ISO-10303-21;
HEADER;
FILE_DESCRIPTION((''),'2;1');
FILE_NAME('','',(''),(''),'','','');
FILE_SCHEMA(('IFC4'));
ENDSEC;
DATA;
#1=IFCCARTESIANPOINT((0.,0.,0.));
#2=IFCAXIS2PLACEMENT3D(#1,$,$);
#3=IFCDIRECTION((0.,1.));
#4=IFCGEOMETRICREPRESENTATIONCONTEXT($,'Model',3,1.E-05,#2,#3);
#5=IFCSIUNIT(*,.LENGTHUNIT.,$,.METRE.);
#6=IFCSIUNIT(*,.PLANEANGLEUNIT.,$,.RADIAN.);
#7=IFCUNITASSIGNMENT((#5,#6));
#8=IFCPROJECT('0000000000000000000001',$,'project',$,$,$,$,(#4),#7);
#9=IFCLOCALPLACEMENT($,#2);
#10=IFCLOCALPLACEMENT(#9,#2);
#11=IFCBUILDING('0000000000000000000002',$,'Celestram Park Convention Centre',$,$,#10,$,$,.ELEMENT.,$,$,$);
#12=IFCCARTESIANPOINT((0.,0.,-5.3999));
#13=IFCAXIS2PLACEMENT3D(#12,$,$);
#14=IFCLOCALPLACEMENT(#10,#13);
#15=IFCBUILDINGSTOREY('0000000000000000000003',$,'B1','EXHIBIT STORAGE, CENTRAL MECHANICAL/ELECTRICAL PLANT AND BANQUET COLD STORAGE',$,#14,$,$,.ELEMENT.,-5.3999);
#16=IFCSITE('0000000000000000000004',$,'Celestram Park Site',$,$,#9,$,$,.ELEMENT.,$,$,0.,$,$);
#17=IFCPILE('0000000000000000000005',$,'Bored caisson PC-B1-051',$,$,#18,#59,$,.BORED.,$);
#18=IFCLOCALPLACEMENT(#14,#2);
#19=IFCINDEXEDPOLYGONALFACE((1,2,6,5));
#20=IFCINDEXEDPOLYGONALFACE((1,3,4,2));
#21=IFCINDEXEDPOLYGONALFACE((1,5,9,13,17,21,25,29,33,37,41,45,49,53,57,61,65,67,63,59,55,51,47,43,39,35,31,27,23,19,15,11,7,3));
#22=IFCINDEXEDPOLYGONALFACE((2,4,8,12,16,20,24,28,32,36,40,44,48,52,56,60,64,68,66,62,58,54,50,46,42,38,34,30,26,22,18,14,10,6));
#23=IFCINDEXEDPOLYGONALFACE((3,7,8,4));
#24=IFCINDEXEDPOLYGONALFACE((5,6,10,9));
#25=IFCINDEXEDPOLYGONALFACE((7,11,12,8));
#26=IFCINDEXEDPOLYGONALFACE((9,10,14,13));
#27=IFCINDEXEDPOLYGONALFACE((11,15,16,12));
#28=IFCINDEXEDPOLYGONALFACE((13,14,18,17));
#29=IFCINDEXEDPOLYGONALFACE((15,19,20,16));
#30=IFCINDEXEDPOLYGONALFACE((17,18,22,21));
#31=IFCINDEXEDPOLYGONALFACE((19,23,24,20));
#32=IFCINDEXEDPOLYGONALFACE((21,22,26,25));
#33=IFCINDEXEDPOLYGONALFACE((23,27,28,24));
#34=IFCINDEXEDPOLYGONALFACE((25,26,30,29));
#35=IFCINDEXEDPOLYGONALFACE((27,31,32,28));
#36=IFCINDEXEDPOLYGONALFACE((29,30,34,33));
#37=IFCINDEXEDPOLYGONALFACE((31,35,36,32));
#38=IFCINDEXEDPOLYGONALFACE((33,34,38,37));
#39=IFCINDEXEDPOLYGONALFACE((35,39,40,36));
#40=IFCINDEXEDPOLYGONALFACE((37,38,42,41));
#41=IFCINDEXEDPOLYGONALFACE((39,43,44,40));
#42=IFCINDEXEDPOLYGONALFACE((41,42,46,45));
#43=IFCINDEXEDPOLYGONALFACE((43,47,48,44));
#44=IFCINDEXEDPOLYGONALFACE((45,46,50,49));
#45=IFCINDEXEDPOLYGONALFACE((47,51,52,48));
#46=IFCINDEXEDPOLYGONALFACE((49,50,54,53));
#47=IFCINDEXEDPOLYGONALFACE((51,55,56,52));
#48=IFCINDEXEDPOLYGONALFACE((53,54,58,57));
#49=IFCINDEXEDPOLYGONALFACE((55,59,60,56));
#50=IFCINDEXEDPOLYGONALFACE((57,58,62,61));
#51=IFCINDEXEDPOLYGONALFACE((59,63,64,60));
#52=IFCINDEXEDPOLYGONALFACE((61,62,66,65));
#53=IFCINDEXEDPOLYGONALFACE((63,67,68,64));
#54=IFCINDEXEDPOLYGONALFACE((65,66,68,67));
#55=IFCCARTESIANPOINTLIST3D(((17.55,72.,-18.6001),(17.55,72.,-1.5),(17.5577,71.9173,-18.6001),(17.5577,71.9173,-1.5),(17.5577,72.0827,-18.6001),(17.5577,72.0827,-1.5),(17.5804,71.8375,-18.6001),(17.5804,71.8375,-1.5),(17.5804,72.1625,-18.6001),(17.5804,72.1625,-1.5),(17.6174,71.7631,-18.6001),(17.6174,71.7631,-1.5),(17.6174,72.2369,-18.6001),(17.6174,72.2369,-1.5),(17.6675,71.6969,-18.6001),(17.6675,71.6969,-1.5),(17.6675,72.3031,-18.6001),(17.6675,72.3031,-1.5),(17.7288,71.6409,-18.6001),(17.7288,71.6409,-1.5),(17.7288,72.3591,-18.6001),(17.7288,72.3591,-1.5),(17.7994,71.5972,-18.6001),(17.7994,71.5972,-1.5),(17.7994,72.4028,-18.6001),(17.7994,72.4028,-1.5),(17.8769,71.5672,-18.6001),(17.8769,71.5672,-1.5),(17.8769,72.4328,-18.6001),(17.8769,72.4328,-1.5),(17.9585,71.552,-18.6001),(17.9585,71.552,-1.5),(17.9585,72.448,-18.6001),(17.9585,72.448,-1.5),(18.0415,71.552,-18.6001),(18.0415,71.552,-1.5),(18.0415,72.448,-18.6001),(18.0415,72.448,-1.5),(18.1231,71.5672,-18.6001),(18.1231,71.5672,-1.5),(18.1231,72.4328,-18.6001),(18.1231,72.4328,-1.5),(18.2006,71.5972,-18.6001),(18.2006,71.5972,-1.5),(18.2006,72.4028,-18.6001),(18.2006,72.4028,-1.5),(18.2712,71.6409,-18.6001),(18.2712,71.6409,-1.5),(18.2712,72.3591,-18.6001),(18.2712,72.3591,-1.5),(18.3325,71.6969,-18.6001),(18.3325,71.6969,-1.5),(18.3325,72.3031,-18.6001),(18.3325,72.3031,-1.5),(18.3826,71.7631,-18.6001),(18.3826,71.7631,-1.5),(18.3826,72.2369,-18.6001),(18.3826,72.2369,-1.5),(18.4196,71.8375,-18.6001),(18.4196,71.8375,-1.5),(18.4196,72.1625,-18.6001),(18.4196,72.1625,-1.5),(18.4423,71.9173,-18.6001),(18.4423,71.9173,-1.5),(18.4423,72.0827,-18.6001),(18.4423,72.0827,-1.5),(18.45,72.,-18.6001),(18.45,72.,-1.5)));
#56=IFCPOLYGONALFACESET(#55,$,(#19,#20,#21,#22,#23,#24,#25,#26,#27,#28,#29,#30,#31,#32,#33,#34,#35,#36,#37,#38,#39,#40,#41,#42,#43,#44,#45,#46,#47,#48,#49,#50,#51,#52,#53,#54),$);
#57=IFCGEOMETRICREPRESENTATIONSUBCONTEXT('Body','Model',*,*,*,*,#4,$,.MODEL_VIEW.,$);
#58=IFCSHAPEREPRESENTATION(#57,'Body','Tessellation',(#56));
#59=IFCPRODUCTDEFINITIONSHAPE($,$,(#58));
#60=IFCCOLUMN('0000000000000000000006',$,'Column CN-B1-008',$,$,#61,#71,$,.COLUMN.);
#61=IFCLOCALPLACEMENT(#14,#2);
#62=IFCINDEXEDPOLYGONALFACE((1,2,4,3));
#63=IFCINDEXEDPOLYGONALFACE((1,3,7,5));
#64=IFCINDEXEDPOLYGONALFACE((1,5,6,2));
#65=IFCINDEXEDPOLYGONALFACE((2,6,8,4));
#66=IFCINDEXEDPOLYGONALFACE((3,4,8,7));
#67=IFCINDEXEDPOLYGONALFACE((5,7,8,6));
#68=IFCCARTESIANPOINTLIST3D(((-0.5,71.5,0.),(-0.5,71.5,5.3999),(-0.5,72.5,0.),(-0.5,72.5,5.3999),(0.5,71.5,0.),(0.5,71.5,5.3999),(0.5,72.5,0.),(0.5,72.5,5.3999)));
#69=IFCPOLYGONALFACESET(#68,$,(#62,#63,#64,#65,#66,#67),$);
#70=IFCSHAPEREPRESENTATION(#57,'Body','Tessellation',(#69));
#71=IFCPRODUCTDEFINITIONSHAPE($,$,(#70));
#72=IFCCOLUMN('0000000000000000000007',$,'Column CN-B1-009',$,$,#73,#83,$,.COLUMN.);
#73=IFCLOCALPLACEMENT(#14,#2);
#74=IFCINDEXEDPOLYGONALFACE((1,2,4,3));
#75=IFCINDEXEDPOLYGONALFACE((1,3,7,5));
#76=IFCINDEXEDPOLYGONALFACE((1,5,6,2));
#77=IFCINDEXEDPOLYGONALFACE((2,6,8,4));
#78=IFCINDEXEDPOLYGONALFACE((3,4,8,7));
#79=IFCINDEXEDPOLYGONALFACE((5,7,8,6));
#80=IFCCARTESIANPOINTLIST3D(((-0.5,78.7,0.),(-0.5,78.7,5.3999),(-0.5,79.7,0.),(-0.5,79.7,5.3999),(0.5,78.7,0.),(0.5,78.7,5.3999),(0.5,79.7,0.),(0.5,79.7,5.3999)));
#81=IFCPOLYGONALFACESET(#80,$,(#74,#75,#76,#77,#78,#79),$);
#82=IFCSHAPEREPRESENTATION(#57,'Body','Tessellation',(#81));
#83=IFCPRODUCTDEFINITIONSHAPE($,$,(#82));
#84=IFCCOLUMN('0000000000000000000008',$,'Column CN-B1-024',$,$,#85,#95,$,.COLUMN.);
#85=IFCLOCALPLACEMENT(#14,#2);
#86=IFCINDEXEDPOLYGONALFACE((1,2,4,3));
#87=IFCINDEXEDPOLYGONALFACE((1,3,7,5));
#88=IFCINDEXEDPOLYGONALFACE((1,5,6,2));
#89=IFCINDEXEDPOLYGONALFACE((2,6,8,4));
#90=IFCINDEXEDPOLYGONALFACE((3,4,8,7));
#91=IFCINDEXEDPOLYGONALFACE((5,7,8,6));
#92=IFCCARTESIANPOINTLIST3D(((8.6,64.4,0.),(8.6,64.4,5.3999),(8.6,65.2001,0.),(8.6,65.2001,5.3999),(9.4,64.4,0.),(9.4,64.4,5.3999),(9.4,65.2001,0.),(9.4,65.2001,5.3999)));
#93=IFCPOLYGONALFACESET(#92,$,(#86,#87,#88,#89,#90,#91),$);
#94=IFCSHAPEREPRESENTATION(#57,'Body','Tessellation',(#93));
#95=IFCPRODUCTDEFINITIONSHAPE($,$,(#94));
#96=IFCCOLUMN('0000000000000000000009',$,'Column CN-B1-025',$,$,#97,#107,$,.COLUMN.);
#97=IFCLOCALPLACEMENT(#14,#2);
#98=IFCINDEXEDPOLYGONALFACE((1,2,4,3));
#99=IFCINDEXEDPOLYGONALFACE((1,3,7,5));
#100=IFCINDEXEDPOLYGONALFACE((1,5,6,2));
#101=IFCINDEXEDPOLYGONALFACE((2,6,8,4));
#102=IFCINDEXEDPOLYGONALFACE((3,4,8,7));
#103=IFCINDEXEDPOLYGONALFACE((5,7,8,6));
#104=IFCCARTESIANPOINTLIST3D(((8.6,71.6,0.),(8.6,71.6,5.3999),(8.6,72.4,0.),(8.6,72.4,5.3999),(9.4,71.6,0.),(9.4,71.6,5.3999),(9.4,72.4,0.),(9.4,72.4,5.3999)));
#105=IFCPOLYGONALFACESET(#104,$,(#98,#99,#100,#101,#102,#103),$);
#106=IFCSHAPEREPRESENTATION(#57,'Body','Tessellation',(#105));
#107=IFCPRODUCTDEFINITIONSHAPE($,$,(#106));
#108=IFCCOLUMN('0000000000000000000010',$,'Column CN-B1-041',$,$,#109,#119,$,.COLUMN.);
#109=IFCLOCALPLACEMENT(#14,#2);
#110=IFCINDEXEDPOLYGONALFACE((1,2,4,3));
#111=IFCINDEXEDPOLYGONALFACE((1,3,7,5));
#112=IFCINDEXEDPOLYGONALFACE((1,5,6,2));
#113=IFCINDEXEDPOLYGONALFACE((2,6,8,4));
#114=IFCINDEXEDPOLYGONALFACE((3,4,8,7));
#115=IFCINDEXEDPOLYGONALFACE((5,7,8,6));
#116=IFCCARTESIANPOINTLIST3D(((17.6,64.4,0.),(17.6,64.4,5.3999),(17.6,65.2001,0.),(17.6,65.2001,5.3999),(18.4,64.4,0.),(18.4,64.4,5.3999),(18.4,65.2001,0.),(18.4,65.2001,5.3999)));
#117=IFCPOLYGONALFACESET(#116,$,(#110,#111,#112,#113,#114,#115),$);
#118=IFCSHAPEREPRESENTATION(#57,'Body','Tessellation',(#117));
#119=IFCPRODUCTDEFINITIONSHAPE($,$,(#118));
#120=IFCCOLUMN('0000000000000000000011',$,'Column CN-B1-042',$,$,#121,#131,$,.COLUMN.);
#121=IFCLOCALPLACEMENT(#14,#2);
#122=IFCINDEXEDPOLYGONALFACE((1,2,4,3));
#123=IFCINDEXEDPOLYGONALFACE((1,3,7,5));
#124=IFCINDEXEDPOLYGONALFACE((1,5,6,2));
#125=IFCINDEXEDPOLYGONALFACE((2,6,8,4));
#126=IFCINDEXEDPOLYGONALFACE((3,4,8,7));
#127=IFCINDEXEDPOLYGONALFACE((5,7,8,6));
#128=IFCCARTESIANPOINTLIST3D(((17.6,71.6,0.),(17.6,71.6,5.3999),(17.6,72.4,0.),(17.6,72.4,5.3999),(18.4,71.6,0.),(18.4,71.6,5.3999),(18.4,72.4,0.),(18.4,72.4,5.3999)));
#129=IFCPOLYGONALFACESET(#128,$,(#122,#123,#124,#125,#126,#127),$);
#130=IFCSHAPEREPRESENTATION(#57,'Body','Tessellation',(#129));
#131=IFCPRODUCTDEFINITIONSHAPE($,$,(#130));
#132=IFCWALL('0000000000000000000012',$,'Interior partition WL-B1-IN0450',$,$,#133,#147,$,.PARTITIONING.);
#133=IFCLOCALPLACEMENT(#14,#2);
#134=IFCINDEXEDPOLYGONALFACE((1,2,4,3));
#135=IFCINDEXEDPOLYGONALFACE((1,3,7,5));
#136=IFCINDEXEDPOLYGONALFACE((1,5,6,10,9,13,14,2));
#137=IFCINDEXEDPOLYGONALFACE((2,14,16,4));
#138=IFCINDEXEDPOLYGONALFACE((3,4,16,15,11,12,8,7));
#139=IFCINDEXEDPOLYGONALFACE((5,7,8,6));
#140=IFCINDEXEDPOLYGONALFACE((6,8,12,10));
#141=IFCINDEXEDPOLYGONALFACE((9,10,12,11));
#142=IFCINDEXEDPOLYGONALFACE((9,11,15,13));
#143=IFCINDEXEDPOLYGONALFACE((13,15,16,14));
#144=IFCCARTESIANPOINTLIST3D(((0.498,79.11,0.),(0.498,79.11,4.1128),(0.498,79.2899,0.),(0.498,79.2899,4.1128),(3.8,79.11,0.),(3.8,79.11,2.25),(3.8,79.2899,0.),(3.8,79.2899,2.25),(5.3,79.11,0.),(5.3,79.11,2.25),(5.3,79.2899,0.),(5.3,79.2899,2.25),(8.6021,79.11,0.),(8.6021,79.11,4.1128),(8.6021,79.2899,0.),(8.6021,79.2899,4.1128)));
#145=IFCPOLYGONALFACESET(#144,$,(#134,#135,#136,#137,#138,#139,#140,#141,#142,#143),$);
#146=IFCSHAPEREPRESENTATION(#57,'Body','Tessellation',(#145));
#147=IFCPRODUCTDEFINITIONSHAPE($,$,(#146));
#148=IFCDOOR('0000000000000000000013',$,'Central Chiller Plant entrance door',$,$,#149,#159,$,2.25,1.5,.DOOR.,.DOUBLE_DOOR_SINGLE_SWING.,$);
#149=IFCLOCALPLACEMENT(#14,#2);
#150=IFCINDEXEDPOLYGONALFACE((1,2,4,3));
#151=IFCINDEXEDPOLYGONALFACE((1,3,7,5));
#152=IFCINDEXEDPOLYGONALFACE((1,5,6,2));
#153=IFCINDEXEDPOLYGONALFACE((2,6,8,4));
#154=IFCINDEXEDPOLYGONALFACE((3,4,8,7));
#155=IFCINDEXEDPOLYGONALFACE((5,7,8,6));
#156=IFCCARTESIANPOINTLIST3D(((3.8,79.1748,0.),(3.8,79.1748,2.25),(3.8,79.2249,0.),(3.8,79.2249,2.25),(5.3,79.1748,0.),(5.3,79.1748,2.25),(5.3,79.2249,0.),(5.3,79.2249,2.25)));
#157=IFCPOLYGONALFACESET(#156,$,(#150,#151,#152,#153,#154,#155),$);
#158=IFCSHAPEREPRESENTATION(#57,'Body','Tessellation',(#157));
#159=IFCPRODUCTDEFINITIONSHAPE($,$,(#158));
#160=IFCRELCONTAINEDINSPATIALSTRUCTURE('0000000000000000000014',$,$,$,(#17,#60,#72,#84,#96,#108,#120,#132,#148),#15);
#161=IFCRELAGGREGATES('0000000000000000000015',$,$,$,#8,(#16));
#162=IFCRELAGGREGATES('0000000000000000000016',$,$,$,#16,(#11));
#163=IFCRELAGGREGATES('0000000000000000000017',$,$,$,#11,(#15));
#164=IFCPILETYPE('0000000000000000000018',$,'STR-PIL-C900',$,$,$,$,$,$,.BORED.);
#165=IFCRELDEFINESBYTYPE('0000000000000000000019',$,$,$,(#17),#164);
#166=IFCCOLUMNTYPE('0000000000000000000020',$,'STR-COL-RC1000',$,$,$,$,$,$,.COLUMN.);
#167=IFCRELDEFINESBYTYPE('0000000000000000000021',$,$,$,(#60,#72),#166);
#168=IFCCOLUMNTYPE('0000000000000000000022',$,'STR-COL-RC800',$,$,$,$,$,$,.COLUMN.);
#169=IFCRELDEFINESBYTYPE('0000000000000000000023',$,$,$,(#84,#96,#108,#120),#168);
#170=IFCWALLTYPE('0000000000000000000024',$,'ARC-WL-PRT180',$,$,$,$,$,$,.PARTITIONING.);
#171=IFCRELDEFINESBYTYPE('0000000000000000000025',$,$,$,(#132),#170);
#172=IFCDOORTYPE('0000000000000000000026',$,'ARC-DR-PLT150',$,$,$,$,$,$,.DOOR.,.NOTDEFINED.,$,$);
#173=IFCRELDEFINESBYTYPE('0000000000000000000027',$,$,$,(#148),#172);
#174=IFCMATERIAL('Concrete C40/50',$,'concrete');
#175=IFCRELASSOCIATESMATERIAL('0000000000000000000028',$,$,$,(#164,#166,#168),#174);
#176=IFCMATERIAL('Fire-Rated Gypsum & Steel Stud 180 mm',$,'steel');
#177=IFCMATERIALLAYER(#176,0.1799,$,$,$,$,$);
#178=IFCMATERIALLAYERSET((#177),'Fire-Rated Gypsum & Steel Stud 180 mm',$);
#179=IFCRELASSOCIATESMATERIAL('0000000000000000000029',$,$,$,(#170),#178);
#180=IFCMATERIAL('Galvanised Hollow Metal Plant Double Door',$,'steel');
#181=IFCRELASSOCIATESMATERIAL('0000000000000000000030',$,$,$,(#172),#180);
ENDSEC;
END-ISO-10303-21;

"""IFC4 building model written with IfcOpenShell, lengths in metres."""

from ifc_helpers import new_model, si_unit, direction, frame, frame_2d, origin, origin_2d, place, context, subcontext, project, spatial, rectangle, circle, extrude, material, layer, layer_set, material_profile, profile_set, type_object, element, fill, save


model = new_model("IFC4")

# Units and contexts
model_context = context("Model", 3, precision=1e-05, world=origin(), true_north=direction((0.0, 1.0)))
body_context = subcontext(model_context, "Body", "Model", "MODEL_VIEW")
ifc_project = project(units=[si_unit("LENGTHUNIT", "METRE"), si_unit("PLANEANGLEUNIT", "RADIAN")], contexts=[model_context])

# Site, building, storey
site_placement = place(None, origin())
site = spatial("IfcSite", under=ifc_project, at=site_placement, Name="Celestram Park Site", CompositionType="ELEMENT", RefElevation=0.0)
building_placement = place(site_placement, origin())
building = spatial("IfcBuilding", under=site, at=building_placement, Name="Celestram Park Convention Centre", CompositionType="ELEMENT")
storey_placement = place(building_placement, frame((0.0, 0.0, -5.3999)))
storey = spatial("IfcBuildingStorey", under=building, at=storey_placement, Name="B1", Description="EXHIBIT STORAGE, CENTRAL MECHANICAL/ELECTRICAL PLANT AND BANQUET COLD STORAGE", CompositionType="ELEMENT", Elevation=-5.3999)

# Shared definitions
ifc_material_1 = material(Name="Concrete C40/50", Category="concrete")

# Pile
ifc_material_profile_1 = material_profile(ifc_material_1, circle(Radius=0.45, at=origin_2d()), Name="CAISSON900")
ifc_profile_set_1 = profile_set([ifc_material_profile_1], Name="Concrete C40/50")
pile_type_1 = type_object("IfcPileType", Name="STR-PIL-C900", PredefinedType="BORED", material=ifc_profile_set_1)
for number, where, z_axis, x_axis, name in (
    (1, (18.0, 72.0, -1.5), (0.0, 0.0, -1.0), (1.0, 0.0, 0.0), "Bored caisson PC-B1-051"),
):
    element("IfcPile", number, at=place(storey_placement, frame(where, z_axis=z_axis, x_axis=x_axis)), inside=storey, type_object=pile_type_1, Name=name, PredefinedType="BORED", context=body_context, shape_type="SweptSolid", body=[
        extrude(circle(Radius=0.45, at=origin_2d()), origin(), (0.0, 0.0, 1.0), 17.1001),
    ])

# Columns
ifc_material_profile_2 = material_profile(ifc_material_1, rectangle(XDim=1.0, YDim=1.0, at=origin_2d()), Name="RC1000X1000")
ifc_profile_set_2 = profile_set([ifc_material_profile_2], Name="Concrete C40/50")
column_type_1 = type_object("IfcColumnType", Name="STR-COL-RC1000", PredefinedType="COLUMN", material=ifc_profile_set_2)
for number, where, z_axis, x_axis, name in (
    (2, (0.0, 72.0, 0.0), (0.0, 0.0, 1.0), (1.0, 0.0, 0.0), "Column CN-B1-008"),
    (3, (0.0, 79.2, 0.0), (0.0, 0.0, 1.0), (1.0, 0.0, 0.0), "Column CN-B1-009"),
):
    element("IfcColumn", number, at=place(storey_placement, frame(where, z_axis=z_axis, x_axis=x_axis)), inside=storey, type_object=column_type_1, Name=name, PredefinedType="COLUMN", context=body_context, shape_type="SweptSolid", body=[
        extrude(rectangle(XDim=1.0, YDim=1.0, at=origin_2d()), origin(), (0.0, 0.0, 1.0), 5.3999),
    ])
ifc_material_profile_3 = material_profile(ifc_material_1, rectangle(XDim=0.8, YDim=0.8, at=origin_2d()), Name="RC800X800")
ifc_profile_set_3 = profile_set([ifc_material_profile_3], Name="Concrete C40/50")
column_type_2 = type_object("IfcColumnType", Name="STR-COL-RC800", PredefinedType="COLUMN", material=ifc_profile_set_3)
for number, where, z_axis, x_axis, name in (
    (4, (9.0, 64.8, 0.0), (0.0, 0.0, 1.0), (1.0, 0.0, 0.0), "Column CN-B1-024"),
    (5, (9.0, 72.0, 0.0), (0.0, 0.0, 1.0), (1.0, 0.0, 0.0), "Column CN-B1-025"),
    (6, (18.0, 64.8, 0.0), (0.0, 0.0, 1.0), (1.0, 0.0, 0.0), "Column CN-B1-041"),
    (7, (18.0, 72.0, 0.0), (0.0, 0.0, 1.0), (1.0, 0.0, 0.0), "Column CN-B1-042"),
):
    element("IfcColumn", number, at=place(storey_placement, frame(where, z_axis=z_axis, x_axis=x_axis)), inside=storey, type_object=column_type_2, Name=name, PredefinedType="COLUMN", context=body_context, shape_type="SweptSolid", body=[
        extrude(rectangle(XDim=0.8, YDim=0.8, at=origin_2d()), origin(), (0.0, 0.0, 1.0), 5.3999),
    ])

# Wall, opening, door
ifc_material_2 = material(Name="Fire-Rated Gypsum & Steel Stud 180 mm", Category="steel")
ifc_layer = layer(ifc_material_2, 0.1799)
ifc_layer_set = layer_set([ifc_layer], Name="Fire-Rated Gypsum & Steel Stud 180 mm")
wall_type = type_object("IfcWallType", Name="ARC-WL-PRT180", PredefinedType="PARTITIONING", material=ifc_layer_set)
wall_placement = place(storey_placement, frame((0.498, 79.2, 0.0), z_axis=(0.0, 0.0, 1.0), x_axis=(1.0, 0.0, 0.0)))
wall = element("IfcWall", 8, at=wall_placement, inside=storey, type_object=wall_type, Name="Interior partition WL-B1-IN0450", PredefinedType="PARTITIONING", context=body_context, shape_type="SweptSolid", body=[
    extrude(rectangle(XDim=8.104, YDim=0.1799, at=frame_2d((4.052, 0.0))), origin(), (0.0, 0.0, 1.0), 4.1128),
])
opening_placement = place(wall_placement, frame((3.302, 0.0, 0.0)))
opening = element("IfcOpeningElement", 9, at=opening_placement, cuts=wall, PredefinedType="OPENING", context=body_context, shape_type="SweptSolid", body=[
    extrude(rectangle(XDim=1.5, YDim=2.25, at=frame_2d((0.75, 1.125))), frame((0.0, 0.0999, 0.0), z_axis=(0.0, -1.0, 0.0), x_axis=(1.0, 0.0, 0.0)), (0.0, 0.0, 1.0), 0.2),
])
ifc_material_3 = material(Name="Galvanised Hollow Metal Plant Double Door", Category="steel")
door_type = type_object("IfcDoorType", Name="ARC-DR-PLT150", OperationType="NOTDEFINED", PredefinedType="DOOR", material=ifc_material_3)
door_placement = place(opening_placement, origin())
door = element("IfcDoor", 10, at=door_placement, inside=storey, type_object=door_type, Name="Central Chiller Plant entrance door", OperationType="DOUBLE_DOOR_SINGLE_SWING", OverallHeight=2.25, OverallWidth=1.5, PredefinedType="DOOR", context=body_context, shape_type="SweptSolid", body=[
    extrude(rectangle(XDim=1.5, YDim=2.25, at=frame_2d((0.75, 1.125))), frame((0.0, 0.0249, 0.0), z_axis=(0.0, -1.0, 0.0), x_axis=(1.0, 0.0, 0.0)), (0.0, 0.0, 1.0), 0.05),
])
fill(opening, door)

save(model, "model.ifc")
